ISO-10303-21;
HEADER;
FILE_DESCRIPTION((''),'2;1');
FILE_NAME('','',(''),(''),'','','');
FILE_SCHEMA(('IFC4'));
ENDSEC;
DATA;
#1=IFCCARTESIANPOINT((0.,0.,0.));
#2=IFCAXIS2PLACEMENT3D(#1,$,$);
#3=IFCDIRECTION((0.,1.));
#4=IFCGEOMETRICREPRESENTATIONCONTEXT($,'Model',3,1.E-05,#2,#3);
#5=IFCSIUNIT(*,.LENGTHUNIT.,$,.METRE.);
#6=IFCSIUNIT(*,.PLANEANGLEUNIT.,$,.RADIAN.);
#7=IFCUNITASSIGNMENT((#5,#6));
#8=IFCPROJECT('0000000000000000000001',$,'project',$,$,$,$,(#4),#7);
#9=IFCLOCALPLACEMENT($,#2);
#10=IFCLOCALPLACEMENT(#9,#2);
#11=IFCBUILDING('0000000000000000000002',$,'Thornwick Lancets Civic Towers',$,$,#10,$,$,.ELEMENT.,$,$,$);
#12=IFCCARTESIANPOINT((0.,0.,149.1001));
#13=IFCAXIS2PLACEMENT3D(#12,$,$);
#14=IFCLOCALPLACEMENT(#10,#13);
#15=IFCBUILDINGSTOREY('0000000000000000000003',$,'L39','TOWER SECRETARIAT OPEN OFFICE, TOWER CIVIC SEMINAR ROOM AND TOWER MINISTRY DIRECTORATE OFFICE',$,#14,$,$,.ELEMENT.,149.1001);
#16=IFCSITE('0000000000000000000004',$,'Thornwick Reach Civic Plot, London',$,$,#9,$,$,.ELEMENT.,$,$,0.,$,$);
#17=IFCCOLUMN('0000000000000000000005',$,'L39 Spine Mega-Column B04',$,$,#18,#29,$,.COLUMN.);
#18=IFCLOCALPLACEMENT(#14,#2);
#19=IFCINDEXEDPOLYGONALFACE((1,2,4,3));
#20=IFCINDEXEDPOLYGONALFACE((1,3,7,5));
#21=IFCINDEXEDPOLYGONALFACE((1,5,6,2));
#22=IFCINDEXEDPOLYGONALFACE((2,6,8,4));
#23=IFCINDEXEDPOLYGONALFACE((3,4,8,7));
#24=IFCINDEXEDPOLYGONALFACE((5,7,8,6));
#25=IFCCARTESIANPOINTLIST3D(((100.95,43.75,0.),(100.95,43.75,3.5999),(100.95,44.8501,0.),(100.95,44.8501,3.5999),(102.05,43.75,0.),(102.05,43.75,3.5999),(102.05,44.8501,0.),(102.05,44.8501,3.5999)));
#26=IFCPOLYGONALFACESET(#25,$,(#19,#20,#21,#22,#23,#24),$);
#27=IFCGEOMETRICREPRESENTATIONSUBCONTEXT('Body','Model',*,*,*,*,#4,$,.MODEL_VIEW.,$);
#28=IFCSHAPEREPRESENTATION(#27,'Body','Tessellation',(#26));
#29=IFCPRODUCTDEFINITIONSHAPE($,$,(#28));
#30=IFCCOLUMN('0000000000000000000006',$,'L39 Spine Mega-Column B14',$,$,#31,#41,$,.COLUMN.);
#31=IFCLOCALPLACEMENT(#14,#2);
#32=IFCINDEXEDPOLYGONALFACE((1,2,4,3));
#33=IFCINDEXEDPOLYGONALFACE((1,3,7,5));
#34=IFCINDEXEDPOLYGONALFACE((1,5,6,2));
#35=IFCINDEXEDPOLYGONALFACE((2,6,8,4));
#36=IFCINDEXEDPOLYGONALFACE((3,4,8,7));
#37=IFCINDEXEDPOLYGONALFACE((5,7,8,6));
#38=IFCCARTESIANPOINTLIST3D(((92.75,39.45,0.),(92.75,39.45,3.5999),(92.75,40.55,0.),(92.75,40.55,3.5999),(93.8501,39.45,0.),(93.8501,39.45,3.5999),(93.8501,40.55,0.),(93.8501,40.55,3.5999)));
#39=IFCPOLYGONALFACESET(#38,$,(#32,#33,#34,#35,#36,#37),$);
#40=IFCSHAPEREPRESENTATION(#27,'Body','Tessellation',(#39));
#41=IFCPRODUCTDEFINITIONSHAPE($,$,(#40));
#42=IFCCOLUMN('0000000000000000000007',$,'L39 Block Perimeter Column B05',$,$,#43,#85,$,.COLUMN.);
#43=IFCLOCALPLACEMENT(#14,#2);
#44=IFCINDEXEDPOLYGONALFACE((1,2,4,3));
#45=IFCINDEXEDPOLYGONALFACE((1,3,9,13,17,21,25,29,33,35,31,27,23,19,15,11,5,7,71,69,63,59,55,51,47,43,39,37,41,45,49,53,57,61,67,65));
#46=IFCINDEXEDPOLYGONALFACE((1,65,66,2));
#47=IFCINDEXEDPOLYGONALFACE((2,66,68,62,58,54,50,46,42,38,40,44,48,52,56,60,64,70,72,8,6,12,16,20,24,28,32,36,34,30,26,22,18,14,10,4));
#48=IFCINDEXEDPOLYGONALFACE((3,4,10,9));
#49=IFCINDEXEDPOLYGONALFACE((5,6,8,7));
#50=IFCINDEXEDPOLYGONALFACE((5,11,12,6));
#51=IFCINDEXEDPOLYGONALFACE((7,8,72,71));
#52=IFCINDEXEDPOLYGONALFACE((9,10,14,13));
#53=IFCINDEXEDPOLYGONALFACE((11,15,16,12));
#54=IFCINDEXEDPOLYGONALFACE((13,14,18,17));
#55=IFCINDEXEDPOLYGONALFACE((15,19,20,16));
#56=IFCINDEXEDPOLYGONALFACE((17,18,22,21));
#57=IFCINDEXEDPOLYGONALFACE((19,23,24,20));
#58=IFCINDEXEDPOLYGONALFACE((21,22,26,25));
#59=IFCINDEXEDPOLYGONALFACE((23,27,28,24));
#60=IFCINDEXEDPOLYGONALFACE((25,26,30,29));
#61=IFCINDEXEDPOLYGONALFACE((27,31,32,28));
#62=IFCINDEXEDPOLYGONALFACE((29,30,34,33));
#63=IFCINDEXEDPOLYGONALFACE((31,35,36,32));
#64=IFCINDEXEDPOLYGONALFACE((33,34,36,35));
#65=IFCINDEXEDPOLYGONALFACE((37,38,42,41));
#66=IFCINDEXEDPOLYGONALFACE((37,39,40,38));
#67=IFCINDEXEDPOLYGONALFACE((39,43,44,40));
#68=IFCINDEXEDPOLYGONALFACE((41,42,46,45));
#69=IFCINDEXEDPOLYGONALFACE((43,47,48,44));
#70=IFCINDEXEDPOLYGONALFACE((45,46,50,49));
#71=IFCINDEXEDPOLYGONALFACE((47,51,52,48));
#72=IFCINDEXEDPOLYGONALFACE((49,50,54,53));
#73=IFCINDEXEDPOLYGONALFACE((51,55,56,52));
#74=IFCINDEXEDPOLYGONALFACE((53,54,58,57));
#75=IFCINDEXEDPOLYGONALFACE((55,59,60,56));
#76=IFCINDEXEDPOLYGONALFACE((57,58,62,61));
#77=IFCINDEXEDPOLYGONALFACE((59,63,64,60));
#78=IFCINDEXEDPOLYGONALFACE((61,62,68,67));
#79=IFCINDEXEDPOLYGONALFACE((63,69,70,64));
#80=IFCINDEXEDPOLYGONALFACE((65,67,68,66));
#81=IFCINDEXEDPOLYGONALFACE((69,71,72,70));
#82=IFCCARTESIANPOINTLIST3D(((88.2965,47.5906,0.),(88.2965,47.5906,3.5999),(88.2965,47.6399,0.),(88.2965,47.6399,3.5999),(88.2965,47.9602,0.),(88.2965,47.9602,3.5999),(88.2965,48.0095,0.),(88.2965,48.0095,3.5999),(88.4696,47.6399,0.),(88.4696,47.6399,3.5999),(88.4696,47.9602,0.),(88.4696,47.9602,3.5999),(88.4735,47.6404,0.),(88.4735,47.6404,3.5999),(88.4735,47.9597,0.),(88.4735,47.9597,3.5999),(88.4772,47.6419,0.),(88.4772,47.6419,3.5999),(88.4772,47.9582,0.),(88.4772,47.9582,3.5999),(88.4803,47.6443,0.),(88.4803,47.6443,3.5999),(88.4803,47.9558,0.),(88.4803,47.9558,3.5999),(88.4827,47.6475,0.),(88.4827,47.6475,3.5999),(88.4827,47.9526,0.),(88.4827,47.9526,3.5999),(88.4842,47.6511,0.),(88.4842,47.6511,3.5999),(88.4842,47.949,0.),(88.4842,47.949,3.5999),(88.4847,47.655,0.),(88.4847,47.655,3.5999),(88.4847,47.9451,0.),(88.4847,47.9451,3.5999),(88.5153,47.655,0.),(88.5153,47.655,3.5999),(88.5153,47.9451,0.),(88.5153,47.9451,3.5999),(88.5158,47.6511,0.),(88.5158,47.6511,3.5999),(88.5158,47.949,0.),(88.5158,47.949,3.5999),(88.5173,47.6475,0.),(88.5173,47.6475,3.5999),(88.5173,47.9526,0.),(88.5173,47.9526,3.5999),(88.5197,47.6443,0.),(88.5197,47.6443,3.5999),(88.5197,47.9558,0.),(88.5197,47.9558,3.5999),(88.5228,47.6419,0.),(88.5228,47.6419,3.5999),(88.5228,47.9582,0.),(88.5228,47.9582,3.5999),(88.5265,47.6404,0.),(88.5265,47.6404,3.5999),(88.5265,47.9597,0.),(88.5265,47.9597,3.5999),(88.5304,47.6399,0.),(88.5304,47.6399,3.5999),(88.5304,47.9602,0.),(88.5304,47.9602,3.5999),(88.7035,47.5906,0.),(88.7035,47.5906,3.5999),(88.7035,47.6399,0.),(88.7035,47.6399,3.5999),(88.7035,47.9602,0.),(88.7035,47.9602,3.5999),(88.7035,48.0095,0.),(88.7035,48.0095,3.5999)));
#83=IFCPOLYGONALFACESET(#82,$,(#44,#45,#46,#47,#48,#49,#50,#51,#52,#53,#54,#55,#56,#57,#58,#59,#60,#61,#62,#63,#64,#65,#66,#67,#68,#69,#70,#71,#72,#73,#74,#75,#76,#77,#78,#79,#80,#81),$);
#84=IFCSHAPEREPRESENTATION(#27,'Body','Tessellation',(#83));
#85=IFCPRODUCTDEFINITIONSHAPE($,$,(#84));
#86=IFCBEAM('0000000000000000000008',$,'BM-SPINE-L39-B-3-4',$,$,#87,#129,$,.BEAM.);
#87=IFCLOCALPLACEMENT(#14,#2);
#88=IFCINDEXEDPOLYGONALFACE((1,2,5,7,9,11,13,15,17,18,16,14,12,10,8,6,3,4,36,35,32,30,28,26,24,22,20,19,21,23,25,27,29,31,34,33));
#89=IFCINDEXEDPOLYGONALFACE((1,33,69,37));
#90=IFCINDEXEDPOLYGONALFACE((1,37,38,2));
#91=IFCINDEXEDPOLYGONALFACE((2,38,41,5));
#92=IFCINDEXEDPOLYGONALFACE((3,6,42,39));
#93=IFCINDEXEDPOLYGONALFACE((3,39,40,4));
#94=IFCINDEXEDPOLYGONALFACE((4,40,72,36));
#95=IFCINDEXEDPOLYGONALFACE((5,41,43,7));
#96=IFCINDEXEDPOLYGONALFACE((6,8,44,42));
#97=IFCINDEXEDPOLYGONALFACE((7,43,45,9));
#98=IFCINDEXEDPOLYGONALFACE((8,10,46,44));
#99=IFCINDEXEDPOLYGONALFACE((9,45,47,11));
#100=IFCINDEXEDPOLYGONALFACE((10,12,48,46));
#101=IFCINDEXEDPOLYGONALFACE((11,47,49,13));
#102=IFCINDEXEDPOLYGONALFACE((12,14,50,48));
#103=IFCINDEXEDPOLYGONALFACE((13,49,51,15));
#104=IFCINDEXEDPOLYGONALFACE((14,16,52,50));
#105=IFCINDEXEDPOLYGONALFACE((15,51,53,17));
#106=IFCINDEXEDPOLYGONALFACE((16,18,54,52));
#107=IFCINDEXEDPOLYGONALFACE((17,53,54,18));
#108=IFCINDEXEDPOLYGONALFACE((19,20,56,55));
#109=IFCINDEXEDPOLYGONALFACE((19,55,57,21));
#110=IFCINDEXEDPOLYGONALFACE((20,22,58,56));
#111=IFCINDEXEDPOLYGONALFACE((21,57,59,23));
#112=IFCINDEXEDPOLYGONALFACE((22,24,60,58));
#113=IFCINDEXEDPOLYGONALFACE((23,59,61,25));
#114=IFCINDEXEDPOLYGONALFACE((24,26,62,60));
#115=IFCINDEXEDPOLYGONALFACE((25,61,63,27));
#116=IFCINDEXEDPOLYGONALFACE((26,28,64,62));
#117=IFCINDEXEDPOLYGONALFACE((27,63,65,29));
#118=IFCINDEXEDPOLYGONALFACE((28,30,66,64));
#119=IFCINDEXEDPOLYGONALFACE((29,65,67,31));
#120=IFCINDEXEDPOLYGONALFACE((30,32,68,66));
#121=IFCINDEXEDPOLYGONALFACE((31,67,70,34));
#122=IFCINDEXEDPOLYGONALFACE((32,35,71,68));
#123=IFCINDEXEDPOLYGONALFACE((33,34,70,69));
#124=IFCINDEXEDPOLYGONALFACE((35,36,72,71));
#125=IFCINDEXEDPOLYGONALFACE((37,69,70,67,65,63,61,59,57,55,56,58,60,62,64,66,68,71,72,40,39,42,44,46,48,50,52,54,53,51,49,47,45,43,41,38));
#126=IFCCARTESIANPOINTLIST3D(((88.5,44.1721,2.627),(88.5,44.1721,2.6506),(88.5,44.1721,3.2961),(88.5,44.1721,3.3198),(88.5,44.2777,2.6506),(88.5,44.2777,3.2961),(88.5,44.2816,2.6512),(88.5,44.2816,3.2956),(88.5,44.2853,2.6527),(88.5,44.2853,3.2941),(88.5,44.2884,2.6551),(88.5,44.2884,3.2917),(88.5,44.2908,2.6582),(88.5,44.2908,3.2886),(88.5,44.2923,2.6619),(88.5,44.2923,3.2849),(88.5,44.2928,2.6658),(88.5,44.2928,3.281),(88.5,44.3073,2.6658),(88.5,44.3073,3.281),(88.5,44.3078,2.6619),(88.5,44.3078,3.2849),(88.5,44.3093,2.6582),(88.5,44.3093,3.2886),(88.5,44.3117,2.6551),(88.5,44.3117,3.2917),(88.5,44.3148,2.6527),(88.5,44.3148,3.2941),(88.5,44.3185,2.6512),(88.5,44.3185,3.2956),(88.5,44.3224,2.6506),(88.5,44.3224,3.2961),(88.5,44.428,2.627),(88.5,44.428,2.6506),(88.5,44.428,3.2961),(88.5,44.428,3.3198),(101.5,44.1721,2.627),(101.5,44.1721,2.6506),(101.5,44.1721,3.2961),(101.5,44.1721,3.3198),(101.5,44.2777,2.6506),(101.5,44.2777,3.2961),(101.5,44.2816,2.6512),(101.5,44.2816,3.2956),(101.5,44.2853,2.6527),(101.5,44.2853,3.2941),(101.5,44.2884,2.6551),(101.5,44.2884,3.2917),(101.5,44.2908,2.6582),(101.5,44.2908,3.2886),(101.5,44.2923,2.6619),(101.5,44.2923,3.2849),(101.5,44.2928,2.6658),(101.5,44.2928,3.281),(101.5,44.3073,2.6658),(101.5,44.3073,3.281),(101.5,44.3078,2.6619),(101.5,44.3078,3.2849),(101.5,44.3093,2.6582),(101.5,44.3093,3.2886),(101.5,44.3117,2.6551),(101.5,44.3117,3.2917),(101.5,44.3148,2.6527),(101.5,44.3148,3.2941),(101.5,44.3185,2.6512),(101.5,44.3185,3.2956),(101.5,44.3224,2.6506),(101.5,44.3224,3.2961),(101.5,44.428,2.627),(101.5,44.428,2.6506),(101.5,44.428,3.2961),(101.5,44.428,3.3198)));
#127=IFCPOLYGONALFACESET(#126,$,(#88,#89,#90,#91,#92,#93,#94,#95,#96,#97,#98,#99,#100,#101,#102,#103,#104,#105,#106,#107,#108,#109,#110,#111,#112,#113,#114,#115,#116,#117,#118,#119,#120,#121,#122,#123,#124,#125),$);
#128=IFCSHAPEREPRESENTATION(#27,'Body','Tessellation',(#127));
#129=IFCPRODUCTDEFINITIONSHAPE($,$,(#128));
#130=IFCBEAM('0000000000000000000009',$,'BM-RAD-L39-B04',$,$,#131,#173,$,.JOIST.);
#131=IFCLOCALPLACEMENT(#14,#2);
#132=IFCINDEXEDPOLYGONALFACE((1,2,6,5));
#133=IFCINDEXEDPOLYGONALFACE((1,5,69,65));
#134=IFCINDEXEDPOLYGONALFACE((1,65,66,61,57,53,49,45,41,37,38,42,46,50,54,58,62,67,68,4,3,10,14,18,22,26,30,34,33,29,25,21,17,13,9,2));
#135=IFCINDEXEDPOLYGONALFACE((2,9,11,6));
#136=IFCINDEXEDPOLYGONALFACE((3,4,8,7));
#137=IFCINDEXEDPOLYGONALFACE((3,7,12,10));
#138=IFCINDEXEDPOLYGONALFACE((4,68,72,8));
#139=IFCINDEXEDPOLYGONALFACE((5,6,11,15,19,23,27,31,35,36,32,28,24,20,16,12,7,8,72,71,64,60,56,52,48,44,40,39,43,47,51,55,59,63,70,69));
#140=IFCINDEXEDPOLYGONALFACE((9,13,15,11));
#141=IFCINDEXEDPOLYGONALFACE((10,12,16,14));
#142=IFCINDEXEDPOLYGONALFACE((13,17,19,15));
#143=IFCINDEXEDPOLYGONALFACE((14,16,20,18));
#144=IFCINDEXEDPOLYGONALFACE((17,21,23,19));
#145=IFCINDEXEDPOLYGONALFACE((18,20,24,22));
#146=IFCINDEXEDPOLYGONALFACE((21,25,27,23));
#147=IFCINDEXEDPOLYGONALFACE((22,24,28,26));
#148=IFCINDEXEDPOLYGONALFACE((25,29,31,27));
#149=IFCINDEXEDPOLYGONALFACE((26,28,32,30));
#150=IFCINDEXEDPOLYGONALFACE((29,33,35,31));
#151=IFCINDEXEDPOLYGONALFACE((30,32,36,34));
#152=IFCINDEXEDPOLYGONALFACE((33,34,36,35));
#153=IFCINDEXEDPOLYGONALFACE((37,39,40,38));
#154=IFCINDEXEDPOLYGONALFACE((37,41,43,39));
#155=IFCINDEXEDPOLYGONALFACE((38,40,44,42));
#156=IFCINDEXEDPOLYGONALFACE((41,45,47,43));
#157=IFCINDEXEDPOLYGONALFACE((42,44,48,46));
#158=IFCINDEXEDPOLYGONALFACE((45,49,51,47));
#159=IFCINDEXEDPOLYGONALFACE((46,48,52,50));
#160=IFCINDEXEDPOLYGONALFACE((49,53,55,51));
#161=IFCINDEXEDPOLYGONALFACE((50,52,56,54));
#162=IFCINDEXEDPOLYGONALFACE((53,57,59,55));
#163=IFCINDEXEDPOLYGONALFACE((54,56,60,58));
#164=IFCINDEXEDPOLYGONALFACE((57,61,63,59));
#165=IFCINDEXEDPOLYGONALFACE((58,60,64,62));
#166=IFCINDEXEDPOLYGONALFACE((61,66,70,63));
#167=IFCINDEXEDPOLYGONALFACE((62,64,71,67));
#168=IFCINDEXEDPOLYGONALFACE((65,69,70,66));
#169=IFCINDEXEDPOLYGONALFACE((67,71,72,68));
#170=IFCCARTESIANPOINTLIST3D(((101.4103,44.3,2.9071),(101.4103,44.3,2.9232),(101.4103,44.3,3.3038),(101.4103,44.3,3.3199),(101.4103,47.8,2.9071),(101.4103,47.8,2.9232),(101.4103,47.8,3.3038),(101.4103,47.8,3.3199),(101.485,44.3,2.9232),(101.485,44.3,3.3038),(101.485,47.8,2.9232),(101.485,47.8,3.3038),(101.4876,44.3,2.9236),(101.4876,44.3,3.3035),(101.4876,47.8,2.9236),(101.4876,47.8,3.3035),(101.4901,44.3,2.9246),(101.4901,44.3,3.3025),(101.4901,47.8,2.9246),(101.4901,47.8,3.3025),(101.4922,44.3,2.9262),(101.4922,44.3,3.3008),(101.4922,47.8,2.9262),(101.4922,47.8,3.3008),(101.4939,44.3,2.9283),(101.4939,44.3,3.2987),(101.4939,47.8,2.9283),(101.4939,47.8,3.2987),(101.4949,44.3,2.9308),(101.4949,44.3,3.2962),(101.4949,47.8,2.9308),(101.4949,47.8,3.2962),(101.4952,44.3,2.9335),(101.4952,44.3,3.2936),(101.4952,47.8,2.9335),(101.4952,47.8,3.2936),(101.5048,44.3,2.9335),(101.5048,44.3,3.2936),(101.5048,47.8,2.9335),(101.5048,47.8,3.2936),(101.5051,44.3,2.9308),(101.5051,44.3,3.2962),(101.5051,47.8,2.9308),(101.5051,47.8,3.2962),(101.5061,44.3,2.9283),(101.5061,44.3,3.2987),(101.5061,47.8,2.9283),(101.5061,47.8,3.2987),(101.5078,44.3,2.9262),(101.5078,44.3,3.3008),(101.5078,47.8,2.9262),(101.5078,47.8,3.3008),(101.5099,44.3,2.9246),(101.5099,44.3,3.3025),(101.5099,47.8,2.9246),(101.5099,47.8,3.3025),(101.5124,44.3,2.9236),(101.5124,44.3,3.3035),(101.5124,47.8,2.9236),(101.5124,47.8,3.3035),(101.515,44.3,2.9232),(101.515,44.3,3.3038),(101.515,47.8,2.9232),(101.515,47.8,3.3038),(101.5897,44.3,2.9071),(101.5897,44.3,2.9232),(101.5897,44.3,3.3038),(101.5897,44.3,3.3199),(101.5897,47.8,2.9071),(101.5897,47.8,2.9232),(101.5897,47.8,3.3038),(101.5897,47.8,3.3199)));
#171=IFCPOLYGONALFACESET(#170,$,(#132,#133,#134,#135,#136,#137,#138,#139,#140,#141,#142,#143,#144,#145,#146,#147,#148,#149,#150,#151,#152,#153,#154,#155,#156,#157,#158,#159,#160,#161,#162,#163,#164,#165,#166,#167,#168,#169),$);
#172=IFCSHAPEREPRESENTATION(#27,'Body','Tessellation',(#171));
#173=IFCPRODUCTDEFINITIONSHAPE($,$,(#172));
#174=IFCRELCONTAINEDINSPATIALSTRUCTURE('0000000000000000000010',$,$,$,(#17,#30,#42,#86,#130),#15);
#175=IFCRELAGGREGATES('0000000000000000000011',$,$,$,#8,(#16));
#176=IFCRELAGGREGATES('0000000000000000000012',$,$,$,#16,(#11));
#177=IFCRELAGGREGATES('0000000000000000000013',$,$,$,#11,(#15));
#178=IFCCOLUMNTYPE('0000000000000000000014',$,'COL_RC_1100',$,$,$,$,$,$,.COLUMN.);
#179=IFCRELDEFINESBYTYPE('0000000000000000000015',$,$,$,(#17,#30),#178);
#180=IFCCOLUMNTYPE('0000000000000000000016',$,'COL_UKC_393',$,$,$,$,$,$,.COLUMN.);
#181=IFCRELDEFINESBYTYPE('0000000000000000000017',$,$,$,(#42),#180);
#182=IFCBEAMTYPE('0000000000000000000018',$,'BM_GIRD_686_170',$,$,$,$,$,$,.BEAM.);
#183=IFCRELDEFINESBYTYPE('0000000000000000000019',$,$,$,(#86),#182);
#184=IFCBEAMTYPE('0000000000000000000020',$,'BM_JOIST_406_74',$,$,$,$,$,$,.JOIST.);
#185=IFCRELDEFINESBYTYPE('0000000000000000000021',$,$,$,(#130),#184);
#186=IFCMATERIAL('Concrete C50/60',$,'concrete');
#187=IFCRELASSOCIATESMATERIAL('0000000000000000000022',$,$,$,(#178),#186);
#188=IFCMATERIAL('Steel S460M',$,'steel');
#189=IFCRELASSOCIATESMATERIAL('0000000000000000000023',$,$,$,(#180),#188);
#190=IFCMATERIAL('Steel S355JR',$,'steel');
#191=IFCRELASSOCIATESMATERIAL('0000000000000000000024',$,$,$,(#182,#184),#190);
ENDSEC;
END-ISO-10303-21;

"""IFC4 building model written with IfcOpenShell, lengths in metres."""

from ifc_helpers import new_model, si_unit, direction, frame, origin, origin_2d, place, context, subcontext, project, spatial, rectangle, i_section, extrude, material, material_profile, profile_set, type_object, element, save


model = new_model("IFC4")

# Units and contexts
model_context = context("Model", 3, precision=1e-05, world=origin(), true_north=direction((0.0, 1.0)))
body_context = subcontext(model_context, "Body", "Model", "MODEL_VIEW")
ifc_project = project(units=[si_unit("LENGTHUNIT", "METRE"), si_unit("PLANEANGLEUNIT", "RADIAN")], contexts=[model_context])

# Site, building, storey
site_placement = place(None, origin())
site = spatial("IfcSite", under=ifc_project, at=site_placement, Name="Thornwick Reach Civic Plot, London", CompositionType="ELEMENT", RefElevation=0.0)
building_placement = place(site_placement, origin())
building = spatial("IfcBuilding", under=site, at=building_placement, Name="Thornwick Lancets Civic Towers", CompositionType="ELEMENT")
storey_placement = place(building_placement, frame((0.0, 0.0, 149.1001)))
storey = spatial("IfcBuildingStorey", under=building, at=storey_placement, Name="L39", Description="TOWER SECRETARIAT OPEN OFFICE, TOWER CIVIC SEMINAR ROOM AND TOWER MINISTRY DIRECTORATE OFFICE", CompositionType="ELEMENT", Elevation=149.1001)

# Columns
ifc_material_1 = material(Name="Concrete C50/60", Category="concrete")
ifc_material_profile_1 = material_profile(ifc_material_1, rectangle(XDim=1.1001, YDim=1.1001, at=origin_2d()), Name="RC 1100x1100")
ifc_profile_set_1 = profile_set([ifc_material_profile_1], Name="Concrete C50/60")
column_type_1 = type_object("IfcColumnType", Name="COL_RC_1100", PredefinedType="COLUMN", material=ifc_profile_set_1)
for number, where, z_axis, x_axis, name in (
    (1, (101.5, 44.3, 0.0), (0.0, 0.0, 1.0), (1.0, 0.0, 0.0), "L39 Spine Mega-Column B04"),
    (2, (93.3, 40.0, 0.0), (0.0, 0.0, 1.0), (1.0, 0.0, 0.0), "L39 Spine Mega-Column B14"),
):
    element("IfcColumn", number, at=place(storey_placement, frame(where, z_axis=z_axis, x_axis=x_axis)), inside=storey, type_object=column_type_1, Name=name, PredefinedType="COLUMN", context=body_context, shape_type="SweptSolid", body=[
        extrude(rectangle(XDim=1.1001, YDim=1.1001, at=origin_2d()), origin(), (0.0, 0.0, 1.0), 3.5999),
    ])
ifc_material_2 = material(Name="Steel S460M", Category="steel")
ifc_material_profile_2 = material_profile(ifc_material_2, i_section(OverallWidth=0.407, OverallDepth=0.4189, WebThickness=0.0305, FlangeThickness=0.0493, FilletRadius=0.0151, at=origin_2d()), Name="UKC 356x406x393")
ifc_profile_set_2 = profile_set([ifc_material_profile_2], Name="Steel S460M")
column_type_2 = type_object("IfcColumnType", Name="COL_UKC_393", PredefinedType="COLUMN", material=ifc_profile_set_2)
column_placement = place(storey_placement, frame((88.5, 47.8, 0.0), z_axis=(0.0, 0.0, 1.0), x_axis=(1.0, 0.0, 0.0)))
element("IfcColumn", 3, at=column_placement, inside=storey, type_object=column_type_2, Name="L39 Block Perimeter Column B05", PredefinedType="COLUMN", context=body_context, shape_type="SweptSolid", body=[
    extrude(i_section(OverallWidth=0.407, OverallDepth=0.4189, WebThickness=0.0305, FlangeThickness=0.0493, FilletRadius=0.0151, at=origin_2d()), origin(), (0.0, 0.0, 1.0), 3.5999),
])

# Beams
ifc_material_3 = material(Name="Steel S355JR", Category="steel")
ifc_material_profile_3 = material_profile(ifc_material_3, i_section(OverallWidth=0.2559, OverallDepth=0.6929, WebThickness=0.0144, FlangeThickness=0.0237, FilletRadius=0.0151, at=origin_2d()), Name="UKB 686x254x170")
ifc_profile_set_3 = profile_set([ifc_material_profile_3], Name="Steel S355JR")
beam_type_1 = type_object("IfcBeamType", Name="BM_GIRD_686_170", PredefinedType="BEAM", material=ifc_profile_set_3)
beam_placement = place(storey_placement, frame((101.5, 44.3, 2.9734), z_axis=(-1.0, 0.0, 0.0), x_axis=(0.0, -1.0, 0.0)))
element("IfcBeam", 4, at=beam_placement, inside=storey, type_object=beam_type_1, Name="BM-SPINE-L39-B-3-4", PredefinedType="BEAM", context=body_context, shape_type="SweptSolid", body=[
    extrude(i_section(OverallWidth=0.2559, OverallDepth=0.6929, WebThickness=0.0144, FlangeThickness=0.0237, FilletRadius=0.0151, at=origin_2d()), origin(), (0.0, 0.0, 1.0), 13.0),
])
ifc_material_profile_4 = material_profile(ifc_material_3, i_section(OverallWidth=0.1794, OverallDepth=0.4128, WebThickness=0.0095, FlangeThickness=0.0161, FilletRadius=0.0103, at=origin_2d()), Name="UKB 406x178x74")
ifc_profile_set_4 = profile_set([ifc_material_profile_4], Name="Steel S355JR")
beam_type_2 = type_object("IfcBeamType", Name="BM_JOIST_406_74", PredefinedType="JOIST", material=ifc_profile_set_4)
for number, where, z_axis, x_axis, name in (
    (5, (101.5, 44.3, 3.1135), (0.0, 1.0, 0.0), (-1.0, 0.0, 0.0), "BM-RAD-L39-B04"),
):
    element("IfcBeam", number, at=place(storey_placement, frame(where, z_axis=z_axis, x_axis=x_axis)), inside=storey, type_object=beam_type_2, Name=name, PredefinedType="JOIST", context=body_context, shape_type="SweptSolid", body=[
        extrude(i_section(OverallWidth=0.1794, OverallDepth=0.4128, WebThickness=0.0095, FlangeThickness=0.0161, FilletRadius=0.0103, at=origin_2d()), origin(), (0.0, 0.0, 1.0), 3.5),
    ])

save(model, "model.ifc")
